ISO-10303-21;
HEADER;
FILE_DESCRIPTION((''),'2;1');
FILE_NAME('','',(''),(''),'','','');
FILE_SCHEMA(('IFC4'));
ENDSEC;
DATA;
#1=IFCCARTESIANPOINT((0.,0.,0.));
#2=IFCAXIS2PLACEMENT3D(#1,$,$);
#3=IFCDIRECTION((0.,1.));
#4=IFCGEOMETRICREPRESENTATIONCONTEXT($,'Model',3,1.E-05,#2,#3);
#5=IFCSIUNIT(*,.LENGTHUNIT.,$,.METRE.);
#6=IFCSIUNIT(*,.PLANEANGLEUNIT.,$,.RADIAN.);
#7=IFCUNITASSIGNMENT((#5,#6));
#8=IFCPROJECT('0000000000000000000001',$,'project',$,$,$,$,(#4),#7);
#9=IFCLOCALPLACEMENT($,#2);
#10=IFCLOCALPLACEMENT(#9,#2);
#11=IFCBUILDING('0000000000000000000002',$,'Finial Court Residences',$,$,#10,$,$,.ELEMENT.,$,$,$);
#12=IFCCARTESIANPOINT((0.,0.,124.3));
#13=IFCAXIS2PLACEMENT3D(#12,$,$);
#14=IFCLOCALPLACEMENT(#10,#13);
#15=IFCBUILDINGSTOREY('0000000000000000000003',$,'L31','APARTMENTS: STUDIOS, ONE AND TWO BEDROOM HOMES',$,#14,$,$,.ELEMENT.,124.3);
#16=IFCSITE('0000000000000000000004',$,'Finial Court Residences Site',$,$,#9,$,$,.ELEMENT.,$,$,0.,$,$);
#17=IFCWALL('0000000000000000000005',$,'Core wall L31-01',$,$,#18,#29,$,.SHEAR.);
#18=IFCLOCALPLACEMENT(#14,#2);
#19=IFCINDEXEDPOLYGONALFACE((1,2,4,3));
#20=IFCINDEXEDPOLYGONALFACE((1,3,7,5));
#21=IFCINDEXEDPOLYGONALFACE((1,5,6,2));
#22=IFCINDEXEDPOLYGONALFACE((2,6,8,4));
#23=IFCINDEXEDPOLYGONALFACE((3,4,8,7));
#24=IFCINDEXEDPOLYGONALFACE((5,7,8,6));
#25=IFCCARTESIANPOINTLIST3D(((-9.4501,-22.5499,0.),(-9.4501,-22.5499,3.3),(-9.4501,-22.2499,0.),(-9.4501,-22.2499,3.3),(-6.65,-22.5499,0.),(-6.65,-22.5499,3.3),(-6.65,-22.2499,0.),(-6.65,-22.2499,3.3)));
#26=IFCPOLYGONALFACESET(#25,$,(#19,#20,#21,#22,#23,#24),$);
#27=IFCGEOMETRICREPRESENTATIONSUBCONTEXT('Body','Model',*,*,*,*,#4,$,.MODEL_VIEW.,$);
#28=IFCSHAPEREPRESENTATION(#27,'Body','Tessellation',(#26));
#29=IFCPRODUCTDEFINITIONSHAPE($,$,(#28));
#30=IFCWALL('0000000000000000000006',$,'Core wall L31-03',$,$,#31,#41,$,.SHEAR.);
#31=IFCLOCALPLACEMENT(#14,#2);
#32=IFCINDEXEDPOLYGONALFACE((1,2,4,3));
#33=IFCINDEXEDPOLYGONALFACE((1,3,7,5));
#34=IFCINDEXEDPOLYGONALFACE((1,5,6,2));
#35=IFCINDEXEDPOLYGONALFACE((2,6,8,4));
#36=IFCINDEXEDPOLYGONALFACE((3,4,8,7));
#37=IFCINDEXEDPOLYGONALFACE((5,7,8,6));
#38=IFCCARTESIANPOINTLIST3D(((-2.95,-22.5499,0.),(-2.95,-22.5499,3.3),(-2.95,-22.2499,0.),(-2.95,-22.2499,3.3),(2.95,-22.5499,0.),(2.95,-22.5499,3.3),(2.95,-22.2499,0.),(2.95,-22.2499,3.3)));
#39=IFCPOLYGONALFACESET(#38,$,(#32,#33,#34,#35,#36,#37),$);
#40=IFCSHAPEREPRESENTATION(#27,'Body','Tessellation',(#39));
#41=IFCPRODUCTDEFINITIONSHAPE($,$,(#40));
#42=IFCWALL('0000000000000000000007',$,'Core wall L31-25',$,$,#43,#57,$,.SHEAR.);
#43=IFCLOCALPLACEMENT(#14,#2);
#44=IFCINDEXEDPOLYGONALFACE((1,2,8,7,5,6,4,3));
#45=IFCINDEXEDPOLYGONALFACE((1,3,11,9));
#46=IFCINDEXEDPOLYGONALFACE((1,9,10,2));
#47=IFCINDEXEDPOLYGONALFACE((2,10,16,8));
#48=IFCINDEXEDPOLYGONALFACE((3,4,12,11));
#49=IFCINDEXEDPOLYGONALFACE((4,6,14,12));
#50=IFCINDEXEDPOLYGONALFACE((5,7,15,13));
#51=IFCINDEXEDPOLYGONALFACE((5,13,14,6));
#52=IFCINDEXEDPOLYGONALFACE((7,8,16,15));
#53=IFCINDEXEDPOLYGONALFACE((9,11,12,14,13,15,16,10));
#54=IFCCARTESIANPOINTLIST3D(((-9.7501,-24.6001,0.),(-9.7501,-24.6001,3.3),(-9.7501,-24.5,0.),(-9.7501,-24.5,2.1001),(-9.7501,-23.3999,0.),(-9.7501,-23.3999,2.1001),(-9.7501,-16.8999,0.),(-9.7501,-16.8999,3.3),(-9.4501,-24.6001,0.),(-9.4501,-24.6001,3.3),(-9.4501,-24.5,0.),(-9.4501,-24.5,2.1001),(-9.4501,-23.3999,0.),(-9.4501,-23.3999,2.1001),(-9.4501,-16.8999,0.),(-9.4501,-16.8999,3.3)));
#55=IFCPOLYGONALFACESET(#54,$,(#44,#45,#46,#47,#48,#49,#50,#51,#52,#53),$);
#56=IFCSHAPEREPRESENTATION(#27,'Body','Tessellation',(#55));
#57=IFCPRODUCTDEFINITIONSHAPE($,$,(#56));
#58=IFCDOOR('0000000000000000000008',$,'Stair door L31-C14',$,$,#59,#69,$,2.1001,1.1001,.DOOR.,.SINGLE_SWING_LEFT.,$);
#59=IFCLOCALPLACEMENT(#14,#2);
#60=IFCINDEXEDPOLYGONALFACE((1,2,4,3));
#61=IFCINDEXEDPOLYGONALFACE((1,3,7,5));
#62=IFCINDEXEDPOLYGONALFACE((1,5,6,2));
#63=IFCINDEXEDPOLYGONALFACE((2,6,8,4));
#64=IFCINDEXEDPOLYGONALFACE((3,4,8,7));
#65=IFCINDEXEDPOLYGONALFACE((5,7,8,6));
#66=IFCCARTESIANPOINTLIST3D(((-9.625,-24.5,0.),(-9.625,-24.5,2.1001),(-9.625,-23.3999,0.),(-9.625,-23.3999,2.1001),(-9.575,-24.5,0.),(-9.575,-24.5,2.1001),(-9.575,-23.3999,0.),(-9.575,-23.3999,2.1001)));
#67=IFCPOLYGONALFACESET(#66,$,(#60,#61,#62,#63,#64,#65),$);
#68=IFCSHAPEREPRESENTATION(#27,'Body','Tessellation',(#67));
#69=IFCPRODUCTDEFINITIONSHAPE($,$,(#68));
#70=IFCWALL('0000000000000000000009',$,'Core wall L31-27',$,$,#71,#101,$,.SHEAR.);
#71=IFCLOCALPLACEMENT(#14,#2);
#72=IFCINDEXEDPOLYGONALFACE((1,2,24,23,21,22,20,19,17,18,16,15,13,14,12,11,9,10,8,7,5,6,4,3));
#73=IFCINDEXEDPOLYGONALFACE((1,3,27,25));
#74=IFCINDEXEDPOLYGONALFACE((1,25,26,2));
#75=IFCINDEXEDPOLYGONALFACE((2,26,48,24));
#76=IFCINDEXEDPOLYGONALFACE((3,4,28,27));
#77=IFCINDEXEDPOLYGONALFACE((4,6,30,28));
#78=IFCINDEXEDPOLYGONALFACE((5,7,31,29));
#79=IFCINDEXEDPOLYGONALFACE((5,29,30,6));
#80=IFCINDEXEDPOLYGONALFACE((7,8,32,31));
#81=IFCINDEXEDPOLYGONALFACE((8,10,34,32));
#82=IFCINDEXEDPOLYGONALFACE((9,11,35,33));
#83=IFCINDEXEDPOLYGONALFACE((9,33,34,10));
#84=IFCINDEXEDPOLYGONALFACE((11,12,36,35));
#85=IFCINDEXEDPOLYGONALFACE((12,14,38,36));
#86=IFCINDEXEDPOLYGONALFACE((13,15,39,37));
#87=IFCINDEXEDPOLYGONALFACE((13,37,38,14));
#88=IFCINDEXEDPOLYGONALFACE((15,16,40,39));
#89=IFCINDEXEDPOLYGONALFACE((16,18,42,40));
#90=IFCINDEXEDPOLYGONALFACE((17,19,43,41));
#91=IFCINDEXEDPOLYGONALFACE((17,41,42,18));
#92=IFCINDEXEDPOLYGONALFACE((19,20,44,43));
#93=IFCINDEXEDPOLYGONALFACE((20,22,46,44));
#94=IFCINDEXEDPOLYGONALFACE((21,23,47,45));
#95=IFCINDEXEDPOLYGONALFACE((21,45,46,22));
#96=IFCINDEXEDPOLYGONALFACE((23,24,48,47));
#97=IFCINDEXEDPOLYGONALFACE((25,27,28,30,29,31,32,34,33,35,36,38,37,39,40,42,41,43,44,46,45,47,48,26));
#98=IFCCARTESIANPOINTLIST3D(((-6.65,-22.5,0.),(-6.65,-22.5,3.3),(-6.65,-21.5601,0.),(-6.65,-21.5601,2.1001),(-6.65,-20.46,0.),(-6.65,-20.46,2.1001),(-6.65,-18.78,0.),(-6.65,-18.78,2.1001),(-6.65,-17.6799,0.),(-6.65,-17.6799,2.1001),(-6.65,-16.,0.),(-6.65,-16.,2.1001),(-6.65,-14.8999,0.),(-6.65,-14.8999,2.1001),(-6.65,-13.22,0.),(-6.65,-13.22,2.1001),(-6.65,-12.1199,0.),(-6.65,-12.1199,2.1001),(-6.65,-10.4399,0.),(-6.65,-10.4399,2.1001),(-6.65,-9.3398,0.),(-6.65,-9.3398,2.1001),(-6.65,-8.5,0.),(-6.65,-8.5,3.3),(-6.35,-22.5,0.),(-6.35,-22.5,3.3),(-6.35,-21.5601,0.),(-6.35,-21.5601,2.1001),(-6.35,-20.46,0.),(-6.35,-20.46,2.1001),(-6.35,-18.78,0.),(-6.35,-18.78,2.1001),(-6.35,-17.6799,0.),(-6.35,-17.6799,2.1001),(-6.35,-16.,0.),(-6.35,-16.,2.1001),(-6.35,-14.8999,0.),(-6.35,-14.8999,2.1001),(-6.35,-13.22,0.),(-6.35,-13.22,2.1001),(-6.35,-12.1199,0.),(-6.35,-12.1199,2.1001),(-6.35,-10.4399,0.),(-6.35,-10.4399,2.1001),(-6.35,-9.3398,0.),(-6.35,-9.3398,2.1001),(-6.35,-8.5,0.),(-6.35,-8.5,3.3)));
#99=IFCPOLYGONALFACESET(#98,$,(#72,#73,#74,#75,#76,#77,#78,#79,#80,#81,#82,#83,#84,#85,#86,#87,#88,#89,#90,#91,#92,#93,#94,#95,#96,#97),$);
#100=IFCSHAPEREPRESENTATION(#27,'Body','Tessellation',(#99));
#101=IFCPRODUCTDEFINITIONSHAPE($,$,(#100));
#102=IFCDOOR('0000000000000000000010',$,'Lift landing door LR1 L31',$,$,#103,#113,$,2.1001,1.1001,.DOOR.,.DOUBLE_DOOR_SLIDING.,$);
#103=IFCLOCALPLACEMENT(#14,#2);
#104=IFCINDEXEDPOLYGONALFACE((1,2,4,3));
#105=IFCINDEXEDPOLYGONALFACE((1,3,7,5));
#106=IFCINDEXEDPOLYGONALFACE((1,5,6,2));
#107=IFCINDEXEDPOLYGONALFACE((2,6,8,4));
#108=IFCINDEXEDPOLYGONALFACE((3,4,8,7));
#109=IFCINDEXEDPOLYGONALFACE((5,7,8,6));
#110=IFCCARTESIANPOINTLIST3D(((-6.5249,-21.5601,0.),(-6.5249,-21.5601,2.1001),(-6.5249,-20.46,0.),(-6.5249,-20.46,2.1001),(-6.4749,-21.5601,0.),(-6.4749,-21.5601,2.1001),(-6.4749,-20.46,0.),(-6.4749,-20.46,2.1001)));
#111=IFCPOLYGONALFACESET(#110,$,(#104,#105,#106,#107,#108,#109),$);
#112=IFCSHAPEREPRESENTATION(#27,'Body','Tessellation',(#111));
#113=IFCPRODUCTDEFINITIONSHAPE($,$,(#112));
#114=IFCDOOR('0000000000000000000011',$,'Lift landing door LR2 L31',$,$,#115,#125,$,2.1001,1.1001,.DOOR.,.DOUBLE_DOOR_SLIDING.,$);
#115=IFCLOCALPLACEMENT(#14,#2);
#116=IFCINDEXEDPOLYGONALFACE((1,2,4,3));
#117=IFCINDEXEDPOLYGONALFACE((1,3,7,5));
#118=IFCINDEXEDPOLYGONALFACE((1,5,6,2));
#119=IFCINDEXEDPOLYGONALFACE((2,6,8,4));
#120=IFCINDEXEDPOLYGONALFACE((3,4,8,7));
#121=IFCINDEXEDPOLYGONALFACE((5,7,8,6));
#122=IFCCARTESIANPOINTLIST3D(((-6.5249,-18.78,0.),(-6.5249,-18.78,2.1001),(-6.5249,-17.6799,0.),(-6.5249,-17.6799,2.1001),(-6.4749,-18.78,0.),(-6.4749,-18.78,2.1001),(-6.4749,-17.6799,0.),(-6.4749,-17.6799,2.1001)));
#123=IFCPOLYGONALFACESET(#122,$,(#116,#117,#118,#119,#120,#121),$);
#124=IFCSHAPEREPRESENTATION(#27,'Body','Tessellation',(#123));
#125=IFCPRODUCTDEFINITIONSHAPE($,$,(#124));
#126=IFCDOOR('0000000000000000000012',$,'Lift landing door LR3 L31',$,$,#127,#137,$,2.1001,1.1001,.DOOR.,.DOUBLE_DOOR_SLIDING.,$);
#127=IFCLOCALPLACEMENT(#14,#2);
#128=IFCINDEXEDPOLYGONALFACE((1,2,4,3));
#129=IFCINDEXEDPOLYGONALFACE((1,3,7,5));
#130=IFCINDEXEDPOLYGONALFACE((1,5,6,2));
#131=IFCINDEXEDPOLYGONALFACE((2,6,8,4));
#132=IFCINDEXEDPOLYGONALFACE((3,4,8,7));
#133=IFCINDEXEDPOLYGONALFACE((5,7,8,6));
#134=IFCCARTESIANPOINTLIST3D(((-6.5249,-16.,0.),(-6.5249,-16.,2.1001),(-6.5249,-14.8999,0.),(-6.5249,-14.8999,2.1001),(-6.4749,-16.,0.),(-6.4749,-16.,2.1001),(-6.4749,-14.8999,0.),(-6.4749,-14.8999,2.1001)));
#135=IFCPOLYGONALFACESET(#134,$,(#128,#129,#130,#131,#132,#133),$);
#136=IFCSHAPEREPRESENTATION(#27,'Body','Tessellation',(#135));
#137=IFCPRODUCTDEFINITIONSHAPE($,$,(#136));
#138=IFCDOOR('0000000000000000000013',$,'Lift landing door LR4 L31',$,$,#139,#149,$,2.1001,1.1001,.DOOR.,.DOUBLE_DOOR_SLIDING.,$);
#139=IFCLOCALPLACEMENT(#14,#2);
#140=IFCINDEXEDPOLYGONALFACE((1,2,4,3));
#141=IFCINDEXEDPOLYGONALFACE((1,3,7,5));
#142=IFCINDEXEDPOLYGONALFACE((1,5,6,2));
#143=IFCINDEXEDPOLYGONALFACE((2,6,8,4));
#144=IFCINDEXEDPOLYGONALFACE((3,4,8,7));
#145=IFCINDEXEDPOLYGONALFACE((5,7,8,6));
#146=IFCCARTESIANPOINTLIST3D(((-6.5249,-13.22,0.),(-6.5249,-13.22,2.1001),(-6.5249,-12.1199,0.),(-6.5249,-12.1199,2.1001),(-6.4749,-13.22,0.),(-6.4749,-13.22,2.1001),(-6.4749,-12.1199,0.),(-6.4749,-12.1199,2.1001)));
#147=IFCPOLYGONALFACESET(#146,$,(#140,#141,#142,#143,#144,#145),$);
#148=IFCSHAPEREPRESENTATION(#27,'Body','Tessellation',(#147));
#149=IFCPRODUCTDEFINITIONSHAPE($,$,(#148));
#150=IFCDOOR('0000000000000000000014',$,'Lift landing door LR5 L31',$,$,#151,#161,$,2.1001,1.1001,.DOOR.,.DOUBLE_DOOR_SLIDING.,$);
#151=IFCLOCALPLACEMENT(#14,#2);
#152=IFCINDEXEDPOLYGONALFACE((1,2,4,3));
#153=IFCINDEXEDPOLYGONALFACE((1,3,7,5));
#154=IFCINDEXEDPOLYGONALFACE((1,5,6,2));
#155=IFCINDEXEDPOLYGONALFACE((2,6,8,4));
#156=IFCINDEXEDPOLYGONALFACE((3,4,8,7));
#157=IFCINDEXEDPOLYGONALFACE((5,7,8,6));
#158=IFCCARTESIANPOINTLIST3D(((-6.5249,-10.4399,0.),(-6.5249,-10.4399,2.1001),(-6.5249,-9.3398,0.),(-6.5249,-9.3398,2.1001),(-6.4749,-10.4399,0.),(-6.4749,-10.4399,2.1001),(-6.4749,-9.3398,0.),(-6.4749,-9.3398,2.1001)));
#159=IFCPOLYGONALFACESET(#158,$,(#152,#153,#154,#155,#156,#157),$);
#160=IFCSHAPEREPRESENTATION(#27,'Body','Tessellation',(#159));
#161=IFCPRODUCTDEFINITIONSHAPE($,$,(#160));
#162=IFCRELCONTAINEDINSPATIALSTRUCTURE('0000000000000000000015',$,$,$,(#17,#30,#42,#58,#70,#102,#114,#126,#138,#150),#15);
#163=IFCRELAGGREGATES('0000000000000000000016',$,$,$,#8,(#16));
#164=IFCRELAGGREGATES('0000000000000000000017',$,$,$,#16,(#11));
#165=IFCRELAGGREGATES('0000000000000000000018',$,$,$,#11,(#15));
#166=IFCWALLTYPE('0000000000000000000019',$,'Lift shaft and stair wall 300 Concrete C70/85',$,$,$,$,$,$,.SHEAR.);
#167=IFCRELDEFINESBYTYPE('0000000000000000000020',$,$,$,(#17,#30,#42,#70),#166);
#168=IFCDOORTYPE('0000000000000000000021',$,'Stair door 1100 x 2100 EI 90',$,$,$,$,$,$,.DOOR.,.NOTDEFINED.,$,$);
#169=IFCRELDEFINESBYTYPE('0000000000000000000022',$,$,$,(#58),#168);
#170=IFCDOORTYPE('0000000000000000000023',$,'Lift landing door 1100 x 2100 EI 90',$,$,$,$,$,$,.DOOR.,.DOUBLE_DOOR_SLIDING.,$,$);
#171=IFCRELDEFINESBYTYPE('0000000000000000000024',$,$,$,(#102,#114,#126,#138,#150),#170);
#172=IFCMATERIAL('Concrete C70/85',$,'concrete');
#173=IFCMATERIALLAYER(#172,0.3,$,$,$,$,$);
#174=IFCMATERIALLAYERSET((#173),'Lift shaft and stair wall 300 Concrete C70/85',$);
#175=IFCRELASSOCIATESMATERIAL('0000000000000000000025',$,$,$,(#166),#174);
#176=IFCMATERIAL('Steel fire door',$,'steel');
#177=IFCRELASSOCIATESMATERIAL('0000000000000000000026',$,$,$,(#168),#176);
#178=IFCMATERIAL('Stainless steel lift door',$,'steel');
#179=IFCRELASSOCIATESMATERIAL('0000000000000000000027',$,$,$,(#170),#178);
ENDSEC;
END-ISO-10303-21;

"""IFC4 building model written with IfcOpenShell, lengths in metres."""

from ifc_helpers import new_model, si_unit, direction, frame, frame_2d, origin, place, context, subcontext, project, spatial, rectangle, extrude, material, layer, layer_set, type_object, element, fill, save


model = new_model("IFC4")

# Units and contexts
model_context = context("Model", 3, precision=1e-05, world=origin(), true_north=direction((0.0, 1.0)))
body_context = subcontext(model_context, "Body", "Model", "MODEL_VIEW")
ifc_project = project(units=[si_unit("LENGTHUNIT", "METRE"), si_unit("PLANEANGLEUNIT", "RADIAN")], contexts=[model_context])

# Site, building, storey
site_placement = place(None, origin())
site = spatial("IfcSite", under=ifc_project, at=site_placement, Name="Finial Court Residences Site", CompositionType="ELEMENT", RefElevation=0.0)
building_placement = place(site_placement, origin())
building = spatial("IfcBuilding", under=site, at=building_placement, Name="Finial Court Residences", CompositionType="ELEMENT")
storey_placement = place(building_placement, frame((0.0, 0.0, 124.3)))
storey = spatial("IfcBuildingStorey", under=building, at=storey_placement, Name="L31", Description="APARTMENTS: STUDIOS, ONE AND TWO BEDROOM HOMES", CompositionType="ELEMENT", Elevation=124.3)

# Walls
ifc_material_1 = material(Name="Concrete C70/85", Category="concrete")
ifc_layer_1 = layer(ifc_material_1, 0.3)
ifc_layer_set_1 = layer_set([ifc_layer_1], Name="Lift shaft and stair wall 300 Concrete C70/85")
wall_type_1 = type_object("IfcWallType", Name="Lift shaft and stair wall 300 Concrete C70/85", PredefinedType="SHEAR", material=ifc_layer_set_1)
wall_1_placement = place(storey_placement, frame((-9.45, -22.3999, 0.0), z_axis=(0.0, 0.0, 1.0), x_axis=(1.0, 0.0, 0.0)))
element("IfcWall", 1, at=wall_1_placement, inside=storey, type_object=wall_type_1, Name="Core wall L31-01", PredefinedType="SHEAR", context=body_context, shape_type="SweptSolid", body=[
    extrude(rectangle(XDim=2.8, YDim=0.3, at=frame_2d((1.3999, 0.0))), origin(), (0.0, 0.0, 1.0), 3.3),
])
wall_2_placement = place(storey_placement, frame((-2.95, -22.3999, 0.0), z_axis=(0.0, 0.0, 1.0), x_axis=(1.0, 0.0, 0.0)))
element("IfcWall", 2, at=wall_2_placement, inside=storey, type_object=wall_type_1, Name="Core wall L31-03", PredefinedType="SHEAR", context=body_context, shape_type="SweptSolid", body=[
    extrude(rectangle(XDim=5.8999, YDim=0.3, at=frame_2d((2.95, 0.0))), origin(), (0.0, 0.0, 1.0), 3.3),
])

# Wall, opening, door
wall_3_placement = place(storey_placement, frame((-9.6001, -24.6001, 0.0), z_axis=(0.0, 0.0, 1.0), x_axis=(0.0, 1.0, 0.0)))
wall_3 = element("IfcWall", 3, at=wall_3_placement, inside=storey, type_object=wall_type_1, Name="Core wall L31-25", PredefinedType="SHEAR", context=body_context, shape_type="SweptSolid", body=[
    extrude(rectangle(XDim=7.7002, YDim=0.3, at=frame_2d((3.8501, 0.0))), origin(), (0.0, 0.0, 1.0), 3.3),
])
opening_1_placement = place(wall_3_placement, frame((0.1001, 0.0, 0.0)))
opening_1 = element("IfcOpeningElement", 4, at=opening_1_placement, cuts=wall_3, PredefinedType="OPENING", context=body_context, shape_type="SweptSolid", body=[
    extrude(rectangle(XDim=1.1001, YDim=2.1001, at=frame_2d((0.55, 1.05))), frame((0.0, 0.1599, 0.0), z_axis=(0.0, -1.0, 0.0), x_axis=(1.0, 0.0, 0.0)), (0.0, 0.0, 1.0), 0.3201),
])
ifc_material_2 = material(Name="Steel fire door", Category="steel")
door_type_1 = type_object("IfcDoorType", Name="Stair door 1100 x 2100 EI 90", OperationType="NOTDEFINED", PredefinedType="DOOR", material=ifc_material_2)
door_1_placement = place(opening_1_placement, origin())
door_1 = element("IfcDoor", 5, at=door_1_placement, inside=storey, type_object=door_type_1, Name="Stair door L31-C14", OperationType="SINGLE_SWING_LEFT", OverallHeight=2.1001, OverallWidth=1.1001, PredefinedType="DOOR", context=body_context, shape_type="SweptSolid", body=[
    extrude(rectangle(XDim=1.1001, YDim=2.1001, at=frame_2d((0.55, 1.05))), frame((0.0, 0.0249, 0.0), z_axis=(0.0, -1.0, 0.0), x_axis=(1.0, 0.0, 0.0)), (0.0, 0.0, 1.0), 0.05),
])
fill(opening_1, door_1)

# Wall, openings, doors
wall_4_placement = place(storey_placement, frame((-6.5, -22.5, 0.0), z_axis=(0.0, 0.0, 1.0), x_axis=(0.0, 1.0, 0.0)))
wall_4 = element("IfcWall", 6, at=wall_4_placement, inside=storey, type_object=wall_type_1, Name="Core wall L31-27", PredefinedType="SHEAR", context=body_context, shape_type="SweptSolid", body=[
    extrude(rectangle(XDim=14.0, YDim=0.3, at=frame_2d((7.0, 0.0))), origin(), (0.0, 0.0, 1.0), 3.3),
])
opening_2_placement = place(wall_4_placement, frame((0.9399, 0.0, 0.0)))
opening_2 = element("IfcOpeningElement", 7, at=opening_2_placement, cuts=wall_4, PredefinedType="OPENING", context=body_context, shape_type="SweptSolid", body=[
    extrude(rectangle(XDim=1.1001, YDim=2.1001, at=frame_2d((0.55, 1.05))), frame((0.0, 0.1599, 0.0), z_axis=(0.0, -1.0, 0.0), x_axis=(1.0, 0.0, 0.0)), (0.0, 0.0, 1.0), 0.3201),
])
opening_3_placement = place(wall_4_placement, frame((3.72, 0.0, 0.0)))
opening_3 = element("IfcOpeningElement", 8, at=opening_3_placement, cuts=wall_4, PredefinedType="OPENING", context=body_context, shape_type="SweptSolid", body=[
    extrude(rectangle(XDim=1.1001, YDim=2.1001, at=frame_2d((0.55, 1.05))), frame((0.0, 0.1599, 0.0), z_axis=(0.0, -1.0, 0.0), x_axis=(1.0, 0.0, 0.0)), (0.0, 0.0, 1.0), 0.3201),
])
opening_4_placement = place(wall_4_placement, frame((6.5, 0.0, 0.0)))
opening_4 = element("IfcOpeningElement", 9, at=opening_4_placement, cuts=wall_4, PredefinedType="OPENING", context=body_context, shape_type="SweptSolid", body=[
    extrude(rectangle(XDim=1.1001, YDim=2.1001, at=frame_2d((0.55, 1.05))), frame((0.0, 0.1599, 0.0), z_axis=(0.0, -1.0, 0.0), x_axis=(1.0, 0.0, 0.0)), (0.0, 0.0, 1.0), 0.3201),
])
opening_5_placement = place(wall_4_placement, frame((9.28, 0.0, 0.0)))
opening_5 = element("IfcOpeningElement", 10, at=opening_5_placement, cuts=wall_4, PredefinedType="OPENING", context=body_context, shape_type="SweptSolid", body=[
    extrude(rectangle(XDim=1.1001, YDim=2.1001, at=frame_2d((0.55, 1.05))), frame((0.0, 0.1599, 0.0), z_axis=(0.0, -1.0, 0.0), x_axis=(1.0, 0.0, 0.0)), (0.0, 0.0, 1.0), 0.3201),
])
opening_6_placement = place(wall_4_placement, frame((12.0601, 0.0, 0.0)))
opening_6 = element("IfcOpeningElement", 11, at=opening_6_placement, cuts=wall_4, PredefinedType="OPENING", context=body_context, shape_type="SweptSolid", body=[
    extrude(rectangle(XDim=1.1001, YDim=2.1001, at=frame_2d((0.55, 1.05))), frame((0.0, 0.1599, 0.0), z_axis=(0.0, -1.0, 0.0), x_axis=(1.0, 0.0, 0.0)), (0.0, 0.0, 1.0), 0.3201),
])
ifc_material_3 = material(Name="Stainless steel lift door", Category="steel")
door_type_2 = type_object("IfcDoorType", Name="Lift landing door 1100 x 2100 EI 90", OperationType="DOUBLE_DOOR_SLIDING", PredefinedType="DOOR", material=ifc_material_3)
door_2_placement = place(opening_2_placement, origin())
door_2 = element("IfcDoor", 12, at=door_2_placement, inside=storey, type_object=door_type_2, Name="Lift landing door LR1 L31", OperationType="DOUBLE_DOOR_SLIDING", OverallHeight=2.1001, OverallWidth=1.1001, PredefinedType="DOOR", context=body_context, shape_type="SweptSolid", body=[
    extrude(rectangle(XDim=1.1001, YDim=2.1001, at=frame_2d((0.55, 1.05))), frame((0.0, 0.0249, 0.0), z_axis=(0.0, -1.0, 0.0), x_axis=(1.0, 0.0, 0.0)), (0.0, 0.0, 1.0), 0.05),
])
fill(opening_2, door_2)
door_3_placement = place(opening_3_placement, origin())
door_3 = element("IfcDoor", 13, at=door_3_placement, inside=storey, type_object=door_type_2, Name="Lift landing door LR2 L31", OperationType="DOUBLE_DOOR_SLIDING", OverallHeight=2.1001, OverallWidth=1.1001, PredefinedType="DOOR", context=body_context, shape_type="SweptSolid", body=[
    extrude(rectangle(XDim=1.1001, YDim=2.1001, at=frame_2d((0.55, 1.05))), frame((0.0, 0.0249, 0.0), z_axis=(0.0, -1.0, 0.0), x_axis=(1.0, 0.0, 0.0)), (0.0, 0.0, 1.0), 0.05),
])
fill(opening_3, door_3)
door_4_placement = place(opening_4_placement, origin())
door_4 = element("IfcDoor", 14, at=door_4_placement, inside=storey, type_object=door_type_2, Name="Lift landing door LR3 L31", OperationType="DOUBLE_DOOR_SLIDING", OverallHeight=2.1001, OverallWidth=1.1001, PredefinedType="DOOR", context=body_context, shape_type="SweptSolid", body=[
    extrude(rectangle(XDim=1.1001, YDim=2.1001, at=frame_2d((0.55, 1.05))), frame((0.0, 0.0249, 0.0), z_axis=(0.0, -1.0, 0.0), x_axis=(1.0, 0.0, 0.0)), (0.0, 0.0, 1.0), 0.05),
])
fill(opening_4, door_4)
door_5_placement = place(opening_5_placement, origin())
door_5 = element("IfcDoor", 15, at=door_5_placement, inside=storey, type_object=door_type_2, Name="Lift landing door LR4 L31", OperationType="DOUBLE_DOOR_SLIDING", OverallHeight=2.1001, OverallWidth=1.1001, PredefinedType="DOOR", context=body_context, shape_type="SweptSolid", body=[
    extrude(rectangle(XDim=1.1001, YDim=2.1001, at=frame_2d((0.55, 1.05))), frame((0.0, 0.0249, 0.0), z_axis=(0.0, -1.0, 0.0), x_axis=(1.0, 0.0, 0.0)), (0.0, 0.0, 1.0), 0.05),
])
fill(opening_5, door_5)
door_6_placement = place(opening_6_placement, origin())
door_6 = element("IfcDoor", 16, at=door_6_placement, inside=storey, type_object=door_type_2, Name="Lift landing door LR5 L31", OperationType="DOUBLE_DOOR_SLIDING", OverallHeight=2.1001, OverallWidth=1.1001, PredefinedType="DOOR", context=body_context, shape_type="SweptSolid", body=[
    extrude(rectangle(XDim=1.1001, YDim=2.1001, at=frame_2d((0.55, 1.05))), frame((0.0, 0.0249, 0.0), z_axis=(0.0, -1.0, 0.0), x_axis=(1.0, 0.0, 0.0)), (0.0, 0.0, 1.0), 0.05),
])
fill(opening_6, door_6)

save(model, "model.ifc")
